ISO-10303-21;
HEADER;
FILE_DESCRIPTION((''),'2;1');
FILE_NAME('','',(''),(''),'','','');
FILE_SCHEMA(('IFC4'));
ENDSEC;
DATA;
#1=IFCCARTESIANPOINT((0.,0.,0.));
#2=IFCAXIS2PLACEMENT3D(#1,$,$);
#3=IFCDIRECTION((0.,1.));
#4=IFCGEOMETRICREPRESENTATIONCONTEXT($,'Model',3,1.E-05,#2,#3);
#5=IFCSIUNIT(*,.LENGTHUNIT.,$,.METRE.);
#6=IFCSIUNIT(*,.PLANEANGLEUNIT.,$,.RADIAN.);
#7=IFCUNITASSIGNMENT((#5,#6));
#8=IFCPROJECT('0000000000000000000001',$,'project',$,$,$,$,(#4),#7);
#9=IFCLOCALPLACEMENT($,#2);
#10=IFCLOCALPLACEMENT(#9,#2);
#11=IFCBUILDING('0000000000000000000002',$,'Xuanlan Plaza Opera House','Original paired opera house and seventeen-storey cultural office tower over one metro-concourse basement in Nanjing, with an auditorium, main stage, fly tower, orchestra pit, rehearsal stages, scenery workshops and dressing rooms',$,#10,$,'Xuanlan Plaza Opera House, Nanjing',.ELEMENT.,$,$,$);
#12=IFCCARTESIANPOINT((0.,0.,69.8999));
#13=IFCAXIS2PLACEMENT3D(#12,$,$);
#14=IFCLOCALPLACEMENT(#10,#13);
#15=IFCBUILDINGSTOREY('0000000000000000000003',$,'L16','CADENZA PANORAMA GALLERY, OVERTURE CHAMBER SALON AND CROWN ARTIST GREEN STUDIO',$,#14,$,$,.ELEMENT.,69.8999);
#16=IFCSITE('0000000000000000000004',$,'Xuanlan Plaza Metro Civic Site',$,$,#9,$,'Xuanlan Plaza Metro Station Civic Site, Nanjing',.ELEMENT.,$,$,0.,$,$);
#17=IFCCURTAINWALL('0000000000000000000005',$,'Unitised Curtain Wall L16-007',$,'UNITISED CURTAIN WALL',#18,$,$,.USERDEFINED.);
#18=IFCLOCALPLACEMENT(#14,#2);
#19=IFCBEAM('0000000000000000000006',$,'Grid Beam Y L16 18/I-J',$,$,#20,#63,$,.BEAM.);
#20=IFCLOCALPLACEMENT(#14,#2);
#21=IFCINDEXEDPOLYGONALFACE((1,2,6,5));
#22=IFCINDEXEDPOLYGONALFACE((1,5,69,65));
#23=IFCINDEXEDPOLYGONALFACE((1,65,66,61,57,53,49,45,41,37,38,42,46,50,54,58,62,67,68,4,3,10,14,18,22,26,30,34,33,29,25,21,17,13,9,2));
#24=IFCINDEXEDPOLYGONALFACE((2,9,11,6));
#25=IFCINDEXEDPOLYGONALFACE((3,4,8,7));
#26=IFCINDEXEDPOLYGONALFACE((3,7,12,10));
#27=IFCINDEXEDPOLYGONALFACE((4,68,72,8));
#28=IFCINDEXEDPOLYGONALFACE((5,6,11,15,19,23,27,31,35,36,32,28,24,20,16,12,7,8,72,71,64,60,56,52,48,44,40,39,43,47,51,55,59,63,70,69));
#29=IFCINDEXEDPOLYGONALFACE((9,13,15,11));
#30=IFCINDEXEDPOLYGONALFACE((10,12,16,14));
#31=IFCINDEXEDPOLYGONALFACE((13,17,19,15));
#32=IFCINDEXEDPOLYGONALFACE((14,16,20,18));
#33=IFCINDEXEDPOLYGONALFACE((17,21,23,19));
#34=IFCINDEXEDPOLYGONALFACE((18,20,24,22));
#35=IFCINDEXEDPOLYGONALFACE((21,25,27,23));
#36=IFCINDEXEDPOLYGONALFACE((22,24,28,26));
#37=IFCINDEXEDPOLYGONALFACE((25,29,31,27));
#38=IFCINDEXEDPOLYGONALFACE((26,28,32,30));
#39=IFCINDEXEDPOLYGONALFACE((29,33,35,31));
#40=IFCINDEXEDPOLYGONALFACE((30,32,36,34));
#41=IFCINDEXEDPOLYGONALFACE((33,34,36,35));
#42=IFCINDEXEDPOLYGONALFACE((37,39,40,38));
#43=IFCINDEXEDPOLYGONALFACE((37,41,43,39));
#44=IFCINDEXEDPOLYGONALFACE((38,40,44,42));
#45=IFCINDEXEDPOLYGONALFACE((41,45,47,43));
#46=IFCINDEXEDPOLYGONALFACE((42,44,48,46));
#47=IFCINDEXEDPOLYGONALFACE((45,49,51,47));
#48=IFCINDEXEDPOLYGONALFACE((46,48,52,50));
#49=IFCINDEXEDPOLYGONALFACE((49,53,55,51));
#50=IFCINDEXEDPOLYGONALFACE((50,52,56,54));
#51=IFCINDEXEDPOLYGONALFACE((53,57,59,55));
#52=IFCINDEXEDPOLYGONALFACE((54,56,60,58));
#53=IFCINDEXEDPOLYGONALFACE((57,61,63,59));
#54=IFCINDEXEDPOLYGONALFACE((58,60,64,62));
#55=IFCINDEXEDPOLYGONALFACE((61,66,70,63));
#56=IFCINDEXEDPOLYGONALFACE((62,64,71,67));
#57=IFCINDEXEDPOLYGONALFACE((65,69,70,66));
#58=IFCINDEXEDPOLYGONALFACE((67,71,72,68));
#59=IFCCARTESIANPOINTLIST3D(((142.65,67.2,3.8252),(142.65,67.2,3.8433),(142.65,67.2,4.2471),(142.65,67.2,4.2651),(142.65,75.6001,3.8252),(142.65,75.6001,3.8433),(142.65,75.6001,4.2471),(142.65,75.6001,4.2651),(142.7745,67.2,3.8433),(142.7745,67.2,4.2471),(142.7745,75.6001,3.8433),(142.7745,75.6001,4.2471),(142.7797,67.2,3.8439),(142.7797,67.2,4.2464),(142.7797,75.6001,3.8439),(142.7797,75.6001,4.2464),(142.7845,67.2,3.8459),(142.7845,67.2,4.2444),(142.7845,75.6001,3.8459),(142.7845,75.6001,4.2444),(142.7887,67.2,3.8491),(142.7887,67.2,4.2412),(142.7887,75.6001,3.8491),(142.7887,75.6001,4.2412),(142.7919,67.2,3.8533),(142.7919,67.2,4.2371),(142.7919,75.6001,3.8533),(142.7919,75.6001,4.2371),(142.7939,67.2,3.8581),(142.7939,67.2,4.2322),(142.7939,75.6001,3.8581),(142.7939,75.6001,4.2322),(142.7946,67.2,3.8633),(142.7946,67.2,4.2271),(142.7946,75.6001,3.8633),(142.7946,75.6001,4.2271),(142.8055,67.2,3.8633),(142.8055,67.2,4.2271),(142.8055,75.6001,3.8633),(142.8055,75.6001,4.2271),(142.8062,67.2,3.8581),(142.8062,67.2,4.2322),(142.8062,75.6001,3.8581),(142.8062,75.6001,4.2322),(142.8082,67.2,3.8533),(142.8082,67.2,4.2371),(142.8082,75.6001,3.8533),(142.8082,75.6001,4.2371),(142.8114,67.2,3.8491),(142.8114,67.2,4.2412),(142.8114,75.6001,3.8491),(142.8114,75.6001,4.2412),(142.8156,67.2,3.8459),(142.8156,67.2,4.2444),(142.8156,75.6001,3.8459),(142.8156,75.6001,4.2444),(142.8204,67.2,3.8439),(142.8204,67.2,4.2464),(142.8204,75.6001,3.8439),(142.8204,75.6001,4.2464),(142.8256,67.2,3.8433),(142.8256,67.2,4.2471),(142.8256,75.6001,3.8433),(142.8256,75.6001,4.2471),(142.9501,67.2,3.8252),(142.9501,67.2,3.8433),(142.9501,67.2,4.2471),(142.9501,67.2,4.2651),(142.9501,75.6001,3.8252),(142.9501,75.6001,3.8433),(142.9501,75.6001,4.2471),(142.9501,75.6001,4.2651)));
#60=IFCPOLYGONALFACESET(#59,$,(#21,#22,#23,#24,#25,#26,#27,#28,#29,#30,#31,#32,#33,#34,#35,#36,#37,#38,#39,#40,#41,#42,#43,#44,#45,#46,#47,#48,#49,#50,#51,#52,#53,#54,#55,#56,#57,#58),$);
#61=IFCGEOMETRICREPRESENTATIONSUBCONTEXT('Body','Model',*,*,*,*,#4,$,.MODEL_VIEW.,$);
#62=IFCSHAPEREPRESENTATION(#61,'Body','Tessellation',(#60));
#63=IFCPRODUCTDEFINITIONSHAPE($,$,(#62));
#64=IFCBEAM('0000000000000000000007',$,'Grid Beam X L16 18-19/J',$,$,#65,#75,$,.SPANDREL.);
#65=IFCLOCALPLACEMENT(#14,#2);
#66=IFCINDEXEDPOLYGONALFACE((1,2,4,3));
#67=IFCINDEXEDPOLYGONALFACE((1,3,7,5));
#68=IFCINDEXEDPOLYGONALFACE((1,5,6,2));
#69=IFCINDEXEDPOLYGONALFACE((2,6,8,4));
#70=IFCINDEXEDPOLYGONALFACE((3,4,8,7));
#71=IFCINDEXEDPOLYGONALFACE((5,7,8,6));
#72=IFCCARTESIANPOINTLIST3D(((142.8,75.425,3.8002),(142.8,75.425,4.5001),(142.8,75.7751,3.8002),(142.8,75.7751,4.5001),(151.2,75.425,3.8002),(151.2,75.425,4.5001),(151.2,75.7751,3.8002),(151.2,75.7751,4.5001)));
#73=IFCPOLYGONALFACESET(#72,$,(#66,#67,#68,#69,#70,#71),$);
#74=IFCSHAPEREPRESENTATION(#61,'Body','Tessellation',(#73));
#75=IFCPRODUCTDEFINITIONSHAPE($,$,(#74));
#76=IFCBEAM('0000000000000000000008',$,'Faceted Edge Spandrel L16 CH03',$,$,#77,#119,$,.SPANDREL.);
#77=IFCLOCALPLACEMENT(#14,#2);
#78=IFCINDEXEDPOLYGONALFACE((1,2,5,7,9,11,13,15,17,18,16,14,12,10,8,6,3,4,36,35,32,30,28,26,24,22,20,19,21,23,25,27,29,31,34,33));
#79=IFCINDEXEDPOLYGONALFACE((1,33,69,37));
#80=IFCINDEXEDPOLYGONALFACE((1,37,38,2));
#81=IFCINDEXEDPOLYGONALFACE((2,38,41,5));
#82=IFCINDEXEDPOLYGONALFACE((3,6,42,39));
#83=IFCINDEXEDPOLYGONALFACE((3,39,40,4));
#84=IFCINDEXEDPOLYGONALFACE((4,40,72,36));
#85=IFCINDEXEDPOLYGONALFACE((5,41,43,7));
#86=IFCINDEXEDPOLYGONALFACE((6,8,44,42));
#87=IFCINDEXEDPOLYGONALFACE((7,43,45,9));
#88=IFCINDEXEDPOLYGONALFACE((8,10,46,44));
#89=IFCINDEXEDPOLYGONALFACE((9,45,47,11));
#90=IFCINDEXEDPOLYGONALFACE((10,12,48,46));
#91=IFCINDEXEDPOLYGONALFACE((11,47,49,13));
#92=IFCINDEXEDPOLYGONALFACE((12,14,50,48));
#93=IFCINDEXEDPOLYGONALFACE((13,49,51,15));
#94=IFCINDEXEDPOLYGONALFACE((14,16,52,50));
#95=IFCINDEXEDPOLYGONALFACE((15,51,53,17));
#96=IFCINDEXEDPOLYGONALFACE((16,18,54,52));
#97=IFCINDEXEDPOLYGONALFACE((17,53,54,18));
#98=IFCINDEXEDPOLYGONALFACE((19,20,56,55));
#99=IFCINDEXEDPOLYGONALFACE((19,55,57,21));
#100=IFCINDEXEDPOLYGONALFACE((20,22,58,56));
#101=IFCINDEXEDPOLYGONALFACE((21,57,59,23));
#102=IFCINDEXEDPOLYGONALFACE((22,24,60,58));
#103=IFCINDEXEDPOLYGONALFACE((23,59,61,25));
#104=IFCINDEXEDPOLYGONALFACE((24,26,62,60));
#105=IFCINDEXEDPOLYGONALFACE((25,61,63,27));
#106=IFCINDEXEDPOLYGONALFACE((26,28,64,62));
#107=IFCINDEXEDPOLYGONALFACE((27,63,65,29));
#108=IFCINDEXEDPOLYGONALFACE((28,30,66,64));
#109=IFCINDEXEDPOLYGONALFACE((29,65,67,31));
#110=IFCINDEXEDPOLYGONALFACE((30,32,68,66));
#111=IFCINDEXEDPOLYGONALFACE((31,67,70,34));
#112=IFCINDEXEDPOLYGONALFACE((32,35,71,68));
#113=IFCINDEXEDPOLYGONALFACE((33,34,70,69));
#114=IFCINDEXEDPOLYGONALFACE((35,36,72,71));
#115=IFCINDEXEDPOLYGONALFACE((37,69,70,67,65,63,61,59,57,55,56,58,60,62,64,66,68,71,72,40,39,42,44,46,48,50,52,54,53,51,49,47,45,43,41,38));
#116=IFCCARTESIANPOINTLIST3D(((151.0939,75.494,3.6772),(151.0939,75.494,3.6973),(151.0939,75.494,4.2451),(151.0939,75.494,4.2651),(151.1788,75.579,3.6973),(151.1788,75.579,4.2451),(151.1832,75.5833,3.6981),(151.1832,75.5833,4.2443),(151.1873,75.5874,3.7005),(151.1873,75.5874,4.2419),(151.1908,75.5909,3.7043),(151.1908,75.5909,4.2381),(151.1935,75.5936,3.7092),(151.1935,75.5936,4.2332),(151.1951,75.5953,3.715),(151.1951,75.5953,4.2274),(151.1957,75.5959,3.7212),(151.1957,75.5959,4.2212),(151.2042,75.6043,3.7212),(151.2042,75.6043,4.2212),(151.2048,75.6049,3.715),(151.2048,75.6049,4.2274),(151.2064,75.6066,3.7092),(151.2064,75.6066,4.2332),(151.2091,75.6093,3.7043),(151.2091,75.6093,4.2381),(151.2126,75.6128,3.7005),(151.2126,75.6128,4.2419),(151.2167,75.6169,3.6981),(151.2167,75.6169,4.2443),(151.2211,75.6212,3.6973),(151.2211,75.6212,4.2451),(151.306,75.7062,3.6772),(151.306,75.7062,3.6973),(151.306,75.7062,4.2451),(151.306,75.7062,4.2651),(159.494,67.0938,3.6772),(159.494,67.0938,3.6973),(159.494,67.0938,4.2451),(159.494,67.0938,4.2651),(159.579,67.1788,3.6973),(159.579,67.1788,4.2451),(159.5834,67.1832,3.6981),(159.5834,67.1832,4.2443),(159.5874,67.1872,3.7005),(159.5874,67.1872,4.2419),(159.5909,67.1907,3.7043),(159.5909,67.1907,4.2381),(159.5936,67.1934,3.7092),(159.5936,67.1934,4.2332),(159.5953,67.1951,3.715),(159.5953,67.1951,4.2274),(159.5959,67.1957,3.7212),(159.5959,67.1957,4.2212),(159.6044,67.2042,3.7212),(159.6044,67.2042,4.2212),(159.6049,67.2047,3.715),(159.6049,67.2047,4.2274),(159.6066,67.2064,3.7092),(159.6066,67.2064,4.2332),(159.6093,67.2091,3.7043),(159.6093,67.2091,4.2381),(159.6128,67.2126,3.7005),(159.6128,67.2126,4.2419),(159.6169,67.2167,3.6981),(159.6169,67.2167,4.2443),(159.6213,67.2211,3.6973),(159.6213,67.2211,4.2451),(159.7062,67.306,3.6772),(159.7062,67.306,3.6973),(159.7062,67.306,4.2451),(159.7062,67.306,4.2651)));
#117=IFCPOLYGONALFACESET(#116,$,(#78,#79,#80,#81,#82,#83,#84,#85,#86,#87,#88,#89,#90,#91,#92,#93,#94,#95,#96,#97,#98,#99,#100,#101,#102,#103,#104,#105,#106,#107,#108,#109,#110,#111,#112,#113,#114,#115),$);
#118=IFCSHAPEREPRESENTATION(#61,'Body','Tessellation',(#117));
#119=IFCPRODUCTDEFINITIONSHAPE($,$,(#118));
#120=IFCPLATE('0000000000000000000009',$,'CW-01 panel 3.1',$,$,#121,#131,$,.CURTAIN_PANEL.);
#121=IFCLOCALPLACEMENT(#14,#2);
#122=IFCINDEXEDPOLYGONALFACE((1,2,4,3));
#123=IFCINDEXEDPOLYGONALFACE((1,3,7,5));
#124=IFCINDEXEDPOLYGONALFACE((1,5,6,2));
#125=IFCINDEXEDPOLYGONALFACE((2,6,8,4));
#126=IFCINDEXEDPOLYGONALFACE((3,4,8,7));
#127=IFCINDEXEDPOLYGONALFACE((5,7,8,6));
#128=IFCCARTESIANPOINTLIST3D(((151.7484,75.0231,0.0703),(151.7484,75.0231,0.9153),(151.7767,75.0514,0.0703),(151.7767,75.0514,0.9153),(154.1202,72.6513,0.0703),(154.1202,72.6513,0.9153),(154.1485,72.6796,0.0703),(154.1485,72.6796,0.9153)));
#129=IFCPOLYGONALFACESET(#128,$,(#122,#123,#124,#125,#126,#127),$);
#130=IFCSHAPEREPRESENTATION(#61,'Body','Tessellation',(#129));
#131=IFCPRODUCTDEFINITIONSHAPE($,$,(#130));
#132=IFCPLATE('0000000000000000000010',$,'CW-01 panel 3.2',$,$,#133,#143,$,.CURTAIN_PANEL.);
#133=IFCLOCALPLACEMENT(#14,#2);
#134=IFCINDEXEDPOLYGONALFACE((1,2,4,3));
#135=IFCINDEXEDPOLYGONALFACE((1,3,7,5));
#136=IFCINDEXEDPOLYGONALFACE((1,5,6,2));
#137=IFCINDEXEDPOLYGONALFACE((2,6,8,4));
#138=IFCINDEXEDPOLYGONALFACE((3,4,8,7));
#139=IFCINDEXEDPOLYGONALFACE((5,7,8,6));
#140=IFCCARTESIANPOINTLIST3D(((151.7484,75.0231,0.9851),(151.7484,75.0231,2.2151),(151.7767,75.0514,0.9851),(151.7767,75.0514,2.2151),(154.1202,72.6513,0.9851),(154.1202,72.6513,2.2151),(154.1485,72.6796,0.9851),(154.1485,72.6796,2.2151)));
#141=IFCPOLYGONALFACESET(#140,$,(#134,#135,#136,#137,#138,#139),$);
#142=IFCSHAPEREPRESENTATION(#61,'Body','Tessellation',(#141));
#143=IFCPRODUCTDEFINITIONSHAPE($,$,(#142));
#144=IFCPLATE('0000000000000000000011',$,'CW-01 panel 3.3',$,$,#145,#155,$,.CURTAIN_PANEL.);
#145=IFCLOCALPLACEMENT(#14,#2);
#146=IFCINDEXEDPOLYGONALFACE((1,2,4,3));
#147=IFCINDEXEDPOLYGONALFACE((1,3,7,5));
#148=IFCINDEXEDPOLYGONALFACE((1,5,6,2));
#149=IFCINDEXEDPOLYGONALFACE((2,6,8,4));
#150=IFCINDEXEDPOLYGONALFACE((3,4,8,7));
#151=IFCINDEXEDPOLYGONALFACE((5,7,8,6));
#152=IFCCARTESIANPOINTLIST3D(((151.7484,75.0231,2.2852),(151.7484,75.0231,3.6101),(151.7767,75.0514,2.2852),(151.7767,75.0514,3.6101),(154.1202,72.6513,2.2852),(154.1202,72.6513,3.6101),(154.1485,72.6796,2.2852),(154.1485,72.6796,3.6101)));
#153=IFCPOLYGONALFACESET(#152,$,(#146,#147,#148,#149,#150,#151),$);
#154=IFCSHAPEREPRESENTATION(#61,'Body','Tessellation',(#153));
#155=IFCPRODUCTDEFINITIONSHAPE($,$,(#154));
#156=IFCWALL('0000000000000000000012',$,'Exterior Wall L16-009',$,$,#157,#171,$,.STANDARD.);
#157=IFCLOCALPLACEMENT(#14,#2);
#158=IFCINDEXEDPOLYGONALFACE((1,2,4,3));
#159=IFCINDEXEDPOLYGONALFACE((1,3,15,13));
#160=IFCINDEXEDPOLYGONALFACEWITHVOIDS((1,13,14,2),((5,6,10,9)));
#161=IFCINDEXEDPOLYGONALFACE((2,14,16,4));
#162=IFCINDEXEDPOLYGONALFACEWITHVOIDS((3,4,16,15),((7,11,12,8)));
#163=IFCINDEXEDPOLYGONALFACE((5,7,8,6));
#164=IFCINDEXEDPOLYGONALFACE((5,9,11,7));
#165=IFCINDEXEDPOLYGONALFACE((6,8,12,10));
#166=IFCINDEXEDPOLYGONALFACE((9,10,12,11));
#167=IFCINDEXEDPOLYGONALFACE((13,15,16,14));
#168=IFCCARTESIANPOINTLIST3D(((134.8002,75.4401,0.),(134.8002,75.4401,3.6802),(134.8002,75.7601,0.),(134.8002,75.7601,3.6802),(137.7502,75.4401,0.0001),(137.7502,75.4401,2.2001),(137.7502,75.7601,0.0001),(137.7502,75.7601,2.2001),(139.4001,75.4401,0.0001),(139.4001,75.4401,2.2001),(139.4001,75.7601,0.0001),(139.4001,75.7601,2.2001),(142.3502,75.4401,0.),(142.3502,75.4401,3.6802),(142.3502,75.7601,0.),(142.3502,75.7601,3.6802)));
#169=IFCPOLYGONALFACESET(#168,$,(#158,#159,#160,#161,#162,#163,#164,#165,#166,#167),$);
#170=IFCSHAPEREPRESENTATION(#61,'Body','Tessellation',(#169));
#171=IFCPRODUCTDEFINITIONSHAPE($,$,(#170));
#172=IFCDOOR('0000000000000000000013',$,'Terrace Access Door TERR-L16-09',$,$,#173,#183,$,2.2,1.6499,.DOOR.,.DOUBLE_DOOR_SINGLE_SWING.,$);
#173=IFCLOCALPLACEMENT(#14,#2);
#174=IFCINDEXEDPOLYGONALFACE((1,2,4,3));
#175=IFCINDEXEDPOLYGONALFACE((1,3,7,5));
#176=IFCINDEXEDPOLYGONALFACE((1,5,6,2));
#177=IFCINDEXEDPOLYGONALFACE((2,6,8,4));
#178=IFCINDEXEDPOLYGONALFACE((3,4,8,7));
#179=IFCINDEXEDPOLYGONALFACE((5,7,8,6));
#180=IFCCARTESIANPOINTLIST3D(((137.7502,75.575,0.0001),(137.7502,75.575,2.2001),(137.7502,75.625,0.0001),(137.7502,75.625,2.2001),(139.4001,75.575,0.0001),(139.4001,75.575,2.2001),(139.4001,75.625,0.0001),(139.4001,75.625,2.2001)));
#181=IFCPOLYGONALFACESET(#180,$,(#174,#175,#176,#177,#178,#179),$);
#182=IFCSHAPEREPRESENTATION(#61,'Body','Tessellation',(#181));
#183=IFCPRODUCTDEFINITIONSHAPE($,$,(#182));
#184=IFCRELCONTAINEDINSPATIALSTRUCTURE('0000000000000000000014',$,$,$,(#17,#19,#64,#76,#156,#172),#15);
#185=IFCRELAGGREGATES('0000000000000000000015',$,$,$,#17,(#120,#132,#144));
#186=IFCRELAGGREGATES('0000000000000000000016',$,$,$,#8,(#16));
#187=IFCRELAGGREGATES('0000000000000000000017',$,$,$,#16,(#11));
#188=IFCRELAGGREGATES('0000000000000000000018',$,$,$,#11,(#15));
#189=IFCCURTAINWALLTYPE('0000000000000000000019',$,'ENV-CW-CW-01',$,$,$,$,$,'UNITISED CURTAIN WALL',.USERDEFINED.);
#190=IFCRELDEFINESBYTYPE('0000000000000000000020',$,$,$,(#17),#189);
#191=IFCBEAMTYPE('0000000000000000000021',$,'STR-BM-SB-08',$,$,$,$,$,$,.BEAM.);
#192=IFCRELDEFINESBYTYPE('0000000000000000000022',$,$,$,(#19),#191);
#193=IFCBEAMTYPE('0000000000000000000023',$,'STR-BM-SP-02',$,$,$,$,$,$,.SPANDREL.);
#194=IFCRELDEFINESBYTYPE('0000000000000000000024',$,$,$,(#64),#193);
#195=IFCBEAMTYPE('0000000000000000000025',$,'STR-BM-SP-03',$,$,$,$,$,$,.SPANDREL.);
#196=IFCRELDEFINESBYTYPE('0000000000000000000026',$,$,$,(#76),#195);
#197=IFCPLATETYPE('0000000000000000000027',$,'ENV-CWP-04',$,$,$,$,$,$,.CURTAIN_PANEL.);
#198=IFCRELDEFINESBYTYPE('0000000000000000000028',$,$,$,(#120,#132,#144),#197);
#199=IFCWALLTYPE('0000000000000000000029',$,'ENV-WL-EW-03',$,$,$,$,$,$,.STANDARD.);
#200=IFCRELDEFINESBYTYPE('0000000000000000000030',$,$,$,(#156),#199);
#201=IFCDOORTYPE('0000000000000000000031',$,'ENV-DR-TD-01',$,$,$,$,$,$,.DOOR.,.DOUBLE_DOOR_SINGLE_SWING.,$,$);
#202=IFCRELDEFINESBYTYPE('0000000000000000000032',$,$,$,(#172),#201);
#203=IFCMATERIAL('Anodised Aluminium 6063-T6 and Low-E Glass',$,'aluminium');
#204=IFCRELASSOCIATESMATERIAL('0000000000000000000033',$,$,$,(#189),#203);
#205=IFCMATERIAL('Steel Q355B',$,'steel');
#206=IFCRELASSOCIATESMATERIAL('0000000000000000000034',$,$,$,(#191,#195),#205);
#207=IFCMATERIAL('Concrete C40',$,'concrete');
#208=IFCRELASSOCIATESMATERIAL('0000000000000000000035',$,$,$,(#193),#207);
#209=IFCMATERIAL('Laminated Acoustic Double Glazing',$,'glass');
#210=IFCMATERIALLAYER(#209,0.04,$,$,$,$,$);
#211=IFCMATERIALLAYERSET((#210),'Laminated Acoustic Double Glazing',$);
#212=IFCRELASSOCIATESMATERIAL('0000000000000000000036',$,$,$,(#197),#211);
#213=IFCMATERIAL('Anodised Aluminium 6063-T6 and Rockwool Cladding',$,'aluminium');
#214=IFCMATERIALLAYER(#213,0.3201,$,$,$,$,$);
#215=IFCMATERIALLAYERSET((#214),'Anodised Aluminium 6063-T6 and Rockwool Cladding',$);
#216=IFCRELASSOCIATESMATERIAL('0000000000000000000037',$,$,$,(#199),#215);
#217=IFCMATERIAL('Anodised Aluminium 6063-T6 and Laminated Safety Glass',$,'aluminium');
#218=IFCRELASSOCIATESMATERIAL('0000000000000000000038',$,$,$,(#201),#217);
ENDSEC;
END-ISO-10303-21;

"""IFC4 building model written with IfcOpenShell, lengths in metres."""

from ifc_helpers import new_model, si_unit, direction, frame, frame_2d, origin, origin_2d, place, context, subcontext, project, spatial, rectangle, i_section, extrude, material, layer, layer_set, material_profile, profile_set, type_object, element, fill, aggregate, save


model = new_model("IFC4")

# Units and contexts
model_context = context("Model", 3, precision=1e-05, world=origin(), true_north=direction((0.0, 1.0)))
body_context = subcontext(model_context, "Body", "Model", "MODEL_VIEW")
ifc_project = project(units=[si_unit("LENGTHUNIT", "METRE"), si_unit("PLANEANGLEUNIT", "RADIAN")], contexts=[model_context])

# Site, building, storey
site_placement = place(None, origin())
site = spatial("IfcSite", under=ifc_project, at=site_placement, Name="Xuanlan Plaza Metro Civic Site", LongName="Xuanlan Plaza Metro Station Civic Site, Nanjing", CompositionType="ELEMENT", RefElevation=0.0)
building_placement = place(site_placement, origin())
building = spatial("IfcBuilding", under=site, at=building_placement, Name="Xuanlan Plaza Opera House", Description="Original paired opera house and seventeen-storey cultural office tower over one metro-concourse basement in Nanjing, with an auditorium, main stage, fly tower, orchestra pit, rehearsal stages, scenery workshops and dressing rooms", LongName="Xuanlan Plaza Opera House, Nanjing", CompositionType="ELEMENT")
storey_placement = place(building_placement, frame((0.0, 0.0, 69.8999)))
storey = spatial("IfcBuildingStorey", under=building, at=storey_placement, Name="L16", Description="CADENZA PANORAMA GALLERY, OVERTURE CHAMBER SALON AND CROWN ARTIST GREEN STUDIO", CompositionType="ELEMENT", Elevation=69.8999)

# Curtain wall
ifc_material_1 = material(Name="Anodised Aluminium 6063-T6 and Low-E Glass", Category="aluminium")
curtain_wall_type = type_object("IfcCurtainWallType", Name="ENV-CW-CW-01", ElementType="UNITISED CURTAIN WALL", PredefinedType="USERDEFINED", material=ifc_material_1)
curtain_wall_placement = place(storey_placement, origin())
curtain_wall = element("IfcCurtainWall", 1, at=curtain_wall_placement, inside=storey, type_object=curtain_wall_type, Name="Unitised Curtain Wall L16-007", ObjectType="UNITISED CURTAIN WALL", PredefinedType="USERDEFINED")

# Beams
ifc_material_2 = material(Name="Concrete C40", Category="concrete")
ifc_material_3 = material(Name="Steel Q355B", Category="steel")
ifc_material_profile_1 = material_profile(ifc_material_3, i_section(OverallWidth=0.3, OverallDepth=0.4399, WebThickness=0.011, FlangeThickness=0.0181, FilletRadius=0.02, at=origin_2d()), Name="HM 440x300x11x18")
ifc_profile_set_1 = profile_set([ifc_material_profile_1], Name="Steel Q355B")
beam_type_1 = type_object("IfcBeamType", Name="STR-BM-SB-08", PredefinedType="BEAM", material=ifc_profile_set_1)
beam_1_placement = place(storey_placement, frame((142.8, 67.2, 4.0452), z_axis=(0.0, 1.0, 0.0), x_axis=(-1.0, 0.0, 0.0)))
element("IfcBeam", 2, at=beam_1_placement, inside=storey, type_object=beam_type_1, Name="Grid Beam Y L16 18/I-J", PredefinedType="BEAM", context=body_context, shape_type="SweptSolid", body=[
    extrude(i_section(OverallWidth=0.3, OverallDepth=0.4399, WebThickness=0.011, FlangeThickness=0.0181, FilletRadius=0.02, at=origin_2d()), origin(), (0.0, 0.0, 1.0), 8.4001),
])
ifc_material_profile_2 = material_profile(ifc_material_2, rectangle(XDim=0.3501, YDim=0.7, at=origin_2d()), Name="RC-SPD 350x700")
ifc_profile_set_2 = profile_set([ifc_material_profile_2], Name="Concrete C40")
beam_type_2 = type_object("IfcBeamType", Name="STR-BM-SP-02", PredefinedType="SPANDREL", material=ifc_profile_set_2)
beam_2_placement = place(storey_placement, frame((142.8, 75.6001, 4.1501), z_axis=(1.0, 0.0, 0.0), x_axis=(0.0, 1.0, 0.0)))
element("IfcBeam", 3, at=beam_2_placement, inside=storey, type_object=beam_type_2, Name="Grid Beam X L16 18-19/J", PredefinedType="SPANDREL", context=body_context, shape_type="SweptSolid", body=[
    extrude(rectangle(XDim=0.3501, YDim=0.7, at=origin_2d()), origin(), (0.0, 0.0, 1.0), 8.3999),
])
ifc_material_profile_3 = material_profile(ifc_material_3, i_section(OverallWidth=0.3, OverallDepth=0.5879, WebThickness=0.012, FlangeThickness=0.02, FilletRadius=0.0239, at=origin_2d()), Name="HM 588x300x12x20")
ifc_profile_set_3 = profile_set([ifc_material_profile_3], Name="Steel Q355B")
beam_type_3 = type_object("IfcBeamType", Name="STR-BM-SP-03", PredefinedType="SPANDREL", material=ifc_profile_set_3)
beam_3_placement = place(storey_placement, frame((151.2, 75.6001, 3.9712), z_axis=(0.707107, -0.707107, 0.0), x_axis=(0.707107, 0.707107, 0.0)))
element("IfcBeam", 4, at=beam_3_placement, inside=storey, type_object=beam_type_3, Name="Faceted Edge Spandrel L16 CH03", PredefinedType="SPANDREL", context=body_context, shape_type="SweptSolid", body=[
    extrude(i_section(OverallWidth=0.3, OverallDepth=0.5879, WebThickness=0.012, FlangeThickness=0.02, FilletRadius=0.0239, at=origin_2d()), origin(), (0.0, 0.0, 1.0), 11.8796),
])

# Plates
ifc_material_4 = material(Name="Laminated Acoustic Double Glazing", Category="glass")
ifc_layer_1 = layer(ifc_material_4, 0.04)
ifc_layer_set_1 = layer_set([ifc_layer_1], Name="Laminated Acoustic Double Glazing")
plate_type = type_object("IfcPlateType", Name="ENV-CWP-04", PredefinedType="CURTAIN_PANEL", material=ifc_layer_set_1)
plate_1_placement = place(storey_placement, frame((152.9485, 73.8513, 0.0703), z_axis=(0.0, 0.0, 1.0), x_axis=(-0.707107, 0.707107, 0.0)))
plate_1 = element("IfcPlate", 5, at=plate_1_placement, type_object=plate_type, Name="CW-01 panel 3.1", PredefinedType="CURTAIN_PANEL", context=body_context, shape_type="SweptSolid", body=[
    extrude(rectangle(XDim=3.3542, YDim=0.04, at=origin_2d()), origin(), (0.0, 0.0, 1.0), 0.845),
])
plate_2_placement = place(storey_placement, frame((152.9485, 73.8513, 0.9851), z_axis=(0.0, 0.0, 1.0), x_axis=(-0.707107, 0.707107, 0.0)))
plate_2 = element("IfcPlate", 6, at=plate_2_placement, type_object=plate_type, Name="CW-01 panel 3.2", PredefinedType="CURTAIN_PANEL", context=body_context, shape_type="SweptSolid", body=[
    extrude(rectangle(XDim=3.3542, YDim=0.04, at=origin_2d()), origin(), (0.0, 0.0, 1.0), 1.23),
])
plate_3_placement = place(storey_placement, frame((152.9485, 73.8513, 2.2852), z_axis=(0.0, 0.0, 1.0), x_axis=(-0.707107, 0.707107, 0.0)))
plate_3 = element("IfcPlate", 7, at=plate_3_placement, type_object=plate_type, Name="CW-01 panel 3.3", PredefinedType="CURTAIN_PANEL", context=body_context, shape_type="SweptSolid", body=[
    extrude(rectangle(XDim=3.3542, YDim=0.04, at=origin_2d()), origin(), (0.0, 0.0, 1.0), 1.325),
])
aggregate(curtain_wall, [plate_1, plate_2, plate_3])

# Wall, opening, door
ifc_material_5 = material(Name="Anodised Aluminium 6063-T6 and Rockwool Cladding", Category="aluminium")
ifc_material_6 = material(Name="Anodised Aluminium 6063-T6 and Laminated Safety Glass", Category="aluminium")
ifc_layer_2 = layer(ifc_material_5, 0.3201)
ifc_layer_set_2 = layer_set([ifc_layer_2], Name="Anodised Aluminium 6063-T6 and Rockwool Cladding")
wall_type_1 = type_object("IfcWallType", Name="ENV-WL-EW-03", PredefinedType="STANDARD", material=ifc_layer_set_2)
wall_1_placement = place(storey_placement, frame((142.3501, 75.6001, 0.0), z_axis=(0.0, 0.0, 1.0), x_axis=(-1.0, 0.0, 0.0)))
wall_1 = element("IfcWall", 8, at=wall_1_placement, inside=storey, type_object=wall_type_1, Name="Exterior Wall L16-009", PredefinedType="STANDARD", context=body_context, shape_type="SweptSolid", body=[
    extrude(rectangle(XDim=7.55, YDim=0.3201, at=frame_2d((3.7749, 0.0))), origin(), (0.0, 0.0, 1.0), 3.6802),
])
opening_1_placement = place(wall_1_placement, frame((2.95, 0.0, 0.0)))
opening_1 = element("IfcOpeningElement", 9, at=opening_1_placement, cuts=wall_1, PredefinedType="OPENING", context=body_context, shape_type="SweptSolid", body=[
    extrude(rectangle(XDim=1.6499, YDim=2.2, at=frame_2d((0.825, 1.1001))), frame((0.0, 0.1699, 0.0), z_axis=(0.0, -1.0, 0.0), x_axis=(1.0, 0.0, 0.0)), (0.0, 0.0, 1.0), 0.3401),
])
door_type_1 = type_object("IfcDoorType", Name="ENV-DR-TD-01", OperationType="DOUBLE_DOOR_SINGLE_SWING", PredefinedType="DOOR", material=ifc_material_6)
door_1_placement = place(opening_1_placement, frame((1.6499, 0.0, 0.0), z_axis=(0.0, 0.0, 1.0), x_axis=(-1.0, 0.0, 0.0)))
door_1 = element("IfcDoor", 10, at=door_1_placement, inside=storey, type_object=door_type_1, Name="Terrace Access Door TERR-L16-09", OperationType="DOUBLE_DOOR_SINGLE_SWING", OverallHeight=2.2, OverallWidth=1.6499, PredefinedType="DOOR", context=body_context, shape_type="SweptSolid", body=[
    extrude(rectangle(XDim=1.6499, YDim=2.2, at=frame_2d((0.825, 1.1001))), frame((0.0, 0.0249, 0.0), z_axis=(0.0, -1.0, 0.0), x_axis=(1.0, 0.0, 0.0)), (0.0, 0.0, 1.0), 0.05),
])
fill(opening_1, door_1)

save(model, "model.ifc")
